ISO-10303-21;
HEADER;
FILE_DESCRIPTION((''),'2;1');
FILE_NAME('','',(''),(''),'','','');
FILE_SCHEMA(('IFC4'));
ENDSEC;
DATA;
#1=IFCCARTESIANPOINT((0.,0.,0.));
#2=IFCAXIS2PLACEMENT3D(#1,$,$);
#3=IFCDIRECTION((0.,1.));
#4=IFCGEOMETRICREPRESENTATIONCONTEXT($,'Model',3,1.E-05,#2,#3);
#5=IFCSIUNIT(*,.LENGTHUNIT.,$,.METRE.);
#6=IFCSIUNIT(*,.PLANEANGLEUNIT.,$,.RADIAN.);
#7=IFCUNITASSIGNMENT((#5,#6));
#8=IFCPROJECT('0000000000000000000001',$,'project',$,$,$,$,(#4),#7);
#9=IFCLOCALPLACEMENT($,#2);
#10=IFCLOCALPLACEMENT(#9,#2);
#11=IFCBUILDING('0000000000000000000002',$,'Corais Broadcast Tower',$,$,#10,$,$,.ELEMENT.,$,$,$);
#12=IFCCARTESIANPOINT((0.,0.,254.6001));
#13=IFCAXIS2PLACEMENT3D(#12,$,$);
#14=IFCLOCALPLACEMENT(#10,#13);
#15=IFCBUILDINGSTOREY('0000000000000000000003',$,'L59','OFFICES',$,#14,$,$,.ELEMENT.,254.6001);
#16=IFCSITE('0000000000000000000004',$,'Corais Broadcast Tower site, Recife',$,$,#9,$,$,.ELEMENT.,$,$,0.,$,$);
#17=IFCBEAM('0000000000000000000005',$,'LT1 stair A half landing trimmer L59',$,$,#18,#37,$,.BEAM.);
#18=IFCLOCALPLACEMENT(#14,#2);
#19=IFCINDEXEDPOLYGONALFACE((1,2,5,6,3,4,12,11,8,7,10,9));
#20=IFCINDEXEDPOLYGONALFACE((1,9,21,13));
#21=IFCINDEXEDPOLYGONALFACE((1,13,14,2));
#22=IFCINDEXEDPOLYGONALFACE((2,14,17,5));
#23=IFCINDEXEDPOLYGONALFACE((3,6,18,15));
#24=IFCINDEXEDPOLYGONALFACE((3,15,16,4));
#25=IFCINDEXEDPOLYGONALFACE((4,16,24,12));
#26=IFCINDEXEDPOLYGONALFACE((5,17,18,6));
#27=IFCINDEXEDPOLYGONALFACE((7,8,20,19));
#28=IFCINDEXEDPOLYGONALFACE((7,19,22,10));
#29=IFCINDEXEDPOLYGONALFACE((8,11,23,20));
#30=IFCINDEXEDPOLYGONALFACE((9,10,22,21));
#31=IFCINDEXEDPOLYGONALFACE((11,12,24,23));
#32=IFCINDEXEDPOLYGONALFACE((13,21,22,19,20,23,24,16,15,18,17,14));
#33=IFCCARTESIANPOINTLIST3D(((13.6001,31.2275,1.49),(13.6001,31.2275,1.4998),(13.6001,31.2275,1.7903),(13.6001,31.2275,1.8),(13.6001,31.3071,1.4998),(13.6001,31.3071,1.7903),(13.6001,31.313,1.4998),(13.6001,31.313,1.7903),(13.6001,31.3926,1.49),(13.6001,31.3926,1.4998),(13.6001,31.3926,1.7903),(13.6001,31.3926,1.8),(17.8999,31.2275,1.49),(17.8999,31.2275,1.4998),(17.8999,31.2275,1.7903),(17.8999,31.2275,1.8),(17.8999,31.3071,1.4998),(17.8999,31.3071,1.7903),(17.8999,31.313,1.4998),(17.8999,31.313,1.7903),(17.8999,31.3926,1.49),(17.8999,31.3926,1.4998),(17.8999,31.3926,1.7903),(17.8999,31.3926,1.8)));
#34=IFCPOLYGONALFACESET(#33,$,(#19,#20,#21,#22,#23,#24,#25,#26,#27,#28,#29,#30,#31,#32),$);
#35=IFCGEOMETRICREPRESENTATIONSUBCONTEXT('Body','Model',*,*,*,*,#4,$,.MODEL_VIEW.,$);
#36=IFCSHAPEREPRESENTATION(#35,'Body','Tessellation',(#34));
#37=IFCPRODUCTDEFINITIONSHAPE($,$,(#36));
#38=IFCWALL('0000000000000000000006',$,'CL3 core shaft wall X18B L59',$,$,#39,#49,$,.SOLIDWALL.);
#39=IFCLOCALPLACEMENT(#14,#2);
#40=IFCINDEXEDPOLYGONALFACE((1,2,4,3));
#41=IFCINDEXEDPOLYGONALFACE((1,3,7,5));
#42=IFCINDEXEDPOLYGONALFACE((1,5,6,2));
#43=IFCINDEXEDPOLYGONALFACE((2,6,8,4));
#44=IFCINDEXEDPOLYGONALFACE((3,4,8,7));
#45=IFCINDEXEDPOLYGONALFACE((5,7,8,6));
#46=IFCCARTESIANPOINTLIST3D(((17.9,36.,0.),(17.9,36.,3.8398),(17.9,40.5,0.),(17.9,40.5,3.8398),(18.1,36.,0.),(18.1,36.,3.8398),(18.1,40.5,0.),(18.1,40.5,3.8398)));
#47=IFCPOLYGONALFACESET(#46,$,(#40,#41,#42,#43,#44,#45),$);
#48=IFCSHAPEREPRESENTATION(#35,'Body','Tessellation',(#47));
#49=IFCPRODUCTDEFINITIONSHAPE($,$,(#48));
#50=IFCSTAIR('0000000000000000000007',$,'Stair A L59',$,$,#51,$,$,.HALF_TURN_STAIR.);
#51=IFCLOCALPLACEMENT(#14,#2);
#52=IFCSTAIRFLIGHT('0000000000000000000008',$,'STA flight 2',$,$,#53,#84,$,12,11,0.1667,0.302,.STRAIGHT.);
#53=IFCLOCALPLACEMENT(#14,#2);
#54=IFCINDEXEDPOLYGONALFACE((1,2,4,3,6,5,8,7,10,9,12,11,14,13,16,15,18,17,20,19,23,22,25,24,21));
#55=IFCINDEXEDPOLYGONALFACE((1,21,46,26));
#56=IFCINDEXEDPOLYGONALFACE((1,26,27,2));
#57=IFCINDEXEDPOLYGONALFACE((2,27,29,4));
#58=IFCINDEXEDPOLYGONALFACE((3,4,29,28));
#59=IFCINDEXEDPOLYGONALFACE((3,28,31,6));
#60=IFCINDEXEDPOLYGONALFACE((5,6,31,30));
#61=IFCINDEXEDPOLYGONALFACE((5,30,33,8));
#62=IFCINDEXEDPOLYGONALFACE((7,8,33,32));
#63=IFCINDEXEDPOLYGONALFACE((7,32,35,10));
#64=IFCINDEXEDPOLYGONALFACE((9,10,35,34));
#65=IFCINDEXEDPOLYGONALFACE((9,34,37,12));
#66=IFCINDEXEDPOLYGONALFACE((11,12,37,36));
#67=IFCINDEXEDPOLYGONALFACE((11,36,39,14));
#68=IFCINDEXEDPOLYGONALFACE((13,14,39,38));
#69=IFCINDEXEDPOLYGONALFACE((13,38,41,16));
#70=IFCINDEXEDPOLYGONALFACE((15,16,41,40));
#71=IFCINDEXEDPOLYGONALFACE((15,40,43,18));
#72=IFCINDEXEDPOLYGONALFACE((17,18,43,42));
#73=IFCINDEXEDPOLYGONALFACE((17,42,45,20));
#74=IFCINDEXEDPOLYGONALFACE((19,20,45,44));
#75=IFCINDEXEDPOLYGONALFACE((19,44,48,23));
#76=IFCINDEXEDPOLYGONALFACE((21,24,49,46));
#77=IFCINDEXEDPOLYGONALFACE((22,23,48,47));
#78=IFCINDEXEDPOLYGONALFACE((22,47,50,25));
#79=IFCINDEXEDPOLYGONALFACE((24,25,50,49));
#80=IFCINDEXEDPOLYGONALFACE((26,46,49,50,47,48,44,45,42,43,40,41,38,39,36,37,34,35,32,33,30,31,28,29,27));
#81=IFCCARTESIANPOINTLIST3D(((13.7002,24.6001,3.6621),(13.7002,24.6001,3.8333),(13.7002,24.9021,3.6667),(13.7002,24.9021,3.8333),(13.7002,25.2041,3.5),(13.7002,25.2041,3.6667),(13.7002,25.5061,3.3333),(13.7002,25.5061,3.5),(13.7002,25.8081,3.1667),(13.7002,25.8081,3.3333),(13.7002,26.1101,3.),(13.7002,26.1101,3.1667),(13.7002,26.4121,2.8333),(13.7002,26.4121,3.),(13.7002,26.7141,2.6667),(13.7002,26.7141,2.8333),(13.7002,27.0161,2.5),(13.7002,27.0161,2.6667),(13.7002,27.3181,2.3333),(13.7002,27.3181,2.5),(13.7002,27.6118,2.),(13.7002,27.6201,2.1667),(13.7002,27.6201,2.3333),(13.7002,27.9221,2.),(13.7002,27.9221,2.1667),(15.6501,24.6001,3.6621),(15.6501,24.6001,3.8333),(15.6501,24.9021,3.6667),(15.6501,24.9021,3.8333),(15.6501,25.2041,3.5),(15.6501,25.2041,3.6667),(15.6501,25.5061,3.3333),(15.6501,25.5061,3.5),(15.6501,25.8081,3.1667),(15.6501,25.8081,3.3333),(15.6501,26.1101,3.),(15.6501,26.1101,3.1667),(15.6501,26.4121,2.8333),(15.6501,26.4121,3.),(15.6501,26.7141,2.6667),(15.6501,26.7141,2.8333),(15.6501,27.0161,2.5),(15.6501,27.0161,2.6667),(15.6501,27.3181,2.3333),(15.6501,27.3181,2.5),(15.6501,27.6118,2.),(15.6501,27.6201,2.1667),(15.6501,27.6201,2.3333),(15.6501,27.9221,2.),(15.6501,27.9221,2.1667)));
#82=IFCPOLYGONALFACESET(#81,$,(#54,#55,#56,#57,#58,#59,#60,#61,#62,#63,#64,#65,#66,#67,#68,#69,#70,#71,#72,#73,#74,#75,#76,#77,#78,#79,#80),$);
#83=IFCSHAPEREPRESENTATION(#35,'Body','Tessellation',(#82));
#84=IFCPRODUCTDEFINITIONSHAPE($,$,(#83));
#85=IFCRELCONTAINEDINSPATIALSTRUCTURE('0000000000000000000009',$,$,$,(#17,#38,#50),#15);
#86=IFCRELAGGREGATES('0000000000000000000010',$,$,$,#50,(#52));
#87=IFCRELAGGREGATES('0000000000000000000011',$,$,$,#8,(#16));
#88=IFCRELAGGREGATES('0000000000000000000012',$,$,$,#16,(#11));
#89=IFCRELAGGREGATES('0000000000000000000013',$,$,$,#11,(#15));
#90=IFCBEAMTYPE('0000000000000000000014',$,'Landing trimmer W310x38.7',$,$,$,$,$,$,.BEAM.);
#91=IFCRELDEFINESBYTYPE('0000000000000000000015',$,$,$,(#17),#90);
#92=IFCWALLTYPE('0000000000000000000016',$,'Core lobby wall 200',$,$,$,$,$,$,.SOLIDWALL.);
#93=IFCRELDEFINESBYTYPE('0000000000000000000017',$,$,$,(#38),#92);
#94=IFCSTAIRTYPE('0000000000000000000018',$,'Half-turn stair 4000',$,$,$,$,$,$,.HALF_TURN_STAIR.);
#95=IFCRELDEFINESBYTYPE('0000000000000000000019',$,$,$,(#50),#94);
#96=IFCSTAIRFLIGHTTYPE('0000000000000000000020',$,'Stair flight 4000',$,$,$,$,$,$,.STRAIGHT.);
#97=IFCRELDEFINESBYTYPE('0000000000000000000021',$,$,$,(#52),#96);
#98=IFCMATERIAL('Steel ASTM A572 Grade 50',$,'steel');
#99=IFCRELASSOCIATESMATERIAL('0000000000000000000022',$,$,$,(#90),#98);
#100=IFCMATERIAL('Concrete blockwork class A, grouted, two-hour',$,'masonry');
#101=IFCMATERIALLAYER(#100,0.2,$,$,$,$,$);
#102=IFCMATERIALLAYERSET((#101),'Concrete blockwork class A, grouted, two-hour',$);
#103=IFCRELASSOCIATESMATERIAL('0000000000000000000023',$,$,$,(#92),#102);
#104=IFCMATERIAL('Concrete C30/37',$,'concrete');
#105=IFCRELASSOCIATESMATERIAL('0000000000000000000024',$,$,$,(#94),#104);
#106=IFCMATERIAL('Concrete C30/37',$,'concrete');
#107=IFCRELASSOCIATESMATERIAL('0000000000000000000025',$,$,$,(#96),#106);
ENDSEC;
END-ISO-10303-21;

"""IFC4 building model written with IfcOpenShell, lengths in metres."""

from ifc_helpers import new_model, si_unit, direction, frame, frame_2d, origin, origin_2d, place, context, subcontext, project, spatial, polyline, rectangle, i_section, outline, extrude, material, layer, layer_set, material_profile, profile_set, type_object, element, aggregate, save


model = new_model("IFC4")

# Units and contexts
model_context = context("Model", 3, precision=1e-05, world=origin(), true_north=direction((0.0, 1.0)))
body_context = subcontext(model_context, "Body", "Model", "MODEL_VIEW")
ifc_project = project(units=[si_unit("LENGTHUNIT", "METRE"), si_unit("PLANEANGLEUNIT", "RADIAN")], contexts=[model_context])

# Site, building, storey
site_placement = place(None, origin())
site = spatial("IfcSite", under=ifc_project, at=site_placement, Name="Corais Broadcast Tower site, Recife", CompositionType="ELEMENT", RefElevation=0.0)
building_placement = place(site_placement, origin())
building = spatial("IfcBuilding", under=site, at=building_placement, Name="Corais Broadcast Tower", CompositionType="ELEMENT")
storey_placement = place(building_placement, frame((0.0, 0.0, 254.6001)))
storey = spatial("IfcBuildingStorey", under=building, at=storey_placement, Name="L59", Description="OFFICES", CompositionType="ELEMENT", Elevation=254.6001)

# Beam
ifc_material_1 = material(Name="Steel ASTM A572 Grade 50", Category="steel")
ifc_material_profile = material_profile(ifc_material_1, i_section(OverallWidth=0.165, OverallDepth=0.3101, WebThickness=0.0059, FlangeThickness=0.0098, at=origin_2d()), Name="W310x38.7")
ifc_profile_set = profile_set([ifc_material_profile], Name="Steel ASTM A572 Grade 50")
beam_type = type_object("IfcBeamType", Name="Landing trimmer W310x38.7", PredefinedType="BEAM", material=ifc_profile_set)
beam_placement = place(storey_placement, frame((13.6001, 31.3101, 1.645), z_axis=(1.0, 0.0, 0.0), x_axis=(0.0, 1.0, 0.0)))
element("IfcBeam", 1, at=beam_placement, inside=storey, type_object=beam_type, Name="LT1 stair A half landing trimmer L59", PredefinedType="BEAM", context=body_context, shape_type="SweptSolid", body=[
    extrude(i_section(OverallWidth=0.165, OverallDepth=0.3101, WebThickness=0.0059, FlangeThickness=0.0098, at=origin_2d()), origin(), (0.0, 0.0, 1.0), 4.2998),
])

# Wall
ifc_material_2 = material(Name="Concrete blockwork class A, grouted, two-hour", Category="masonry")
ifc_layer = layer(ifc_material_2, 0.2)
ifc_layer_set = layer_set([ifc_layer], Name="Concrete blockwork class A, grouted, two-hour")
wall_type = type_object("IfcWallType", Name="Core lobby wall 200", PredefinedType="SOLIDWALL", material=ifc_layer_set)
wall_placement = place(storey_placement, frame((18.0, 36.0, 0.0), z_axis=(0.0, 0.0, 1.0), x_axis=(0.0, 1.0, 0.0)))
element("IfcWall", 2, at=wall_placement, inside=storey, type_object=wall_type, Name="CL3 core shaft wall X18B L59", PredefinedType="SOLIDWALL", context=body_context, shape_type="SweptSolid", body=[
    extrude(rectangle(XDim=4.5, YDim=0.2, at=frame_2d((2.25, 0.0))), origin(), (0.0, 0.0, 1.0), 3.8398),
])

# Stair, stair flight
ifc_material_3 = material(Name="Concrete C30/37", Category="concrete")
stair_type = type_object("IfcStairType", Name="Half-turn stair 4000", PredefinedType="HALF_TURN_STAIR", material=ifc_material_3)
stair_placement = place(storey_placement, origin())
stair = element("IfcStair", 3, at=stair_placement, inside=storey, type_object=stair_type, Name="Stair A L59", PredefinedType="HALF_TURN_STAIR")
ifc_material_4 = material(Name="Concrete C30/37", Category="concrete")
stair_flight_type = type_object("IfcStairFlightType", Name="Stair flight 4000", PredefinedType="STRAIGHT", material=ifc_material_4)
stair_flight_placement = place(storey_placement, frame((14.675, 27.9221, 2.0), z_axis=(0.0, 0.0, 1.0), x_axis=(0.0, -1.0, 0.0)))
stair_flight = element("IfcStairFlight", 4, at=stair_flight_placement, type_object=stair_flight_type, Name="STA flight 2", NumberOfRisers=12, NumberOfTreads=11, PredefinedType="STRAIGHT", RiserHeight=0.1667, TreadLength=0.302, context=body_context, shape_type="SweptSolid", body=[
    extrude(outline(polyline([(0.0, 0.0), (0.0, 0.1667), (0.302, 0.1667), (0.302, 0.3333), (0.604, 0.3333), (0.604, 0.5), (0.906, 0.5), (0.906, 0.6667), (1.208, 0.6667), (1.208, 0.8333), (1.51, 0.8333), (1.51, 1.0), (1.812, 1.0), (1.812, 1.1667), (2.114, 1.1667), (2.114, 1.3333), (2.416, 1.3333), (2.416, 1.5), (2.718, 1.5), (2.718, 1.6667), (3.02, 1.6667), (3.02, 1.8333), (3.322, 1.8333), (3.322, 2.0), (3.322, 1.6621), (0.3103, 0.0), (0.0, 0.0)])), frame((0.0, 0.9751, 0.0), z_axis=(0.0, -1.0, 0.0), x_axis=(1.0, 0.0, 0.0)), (0.0, 0.0, 1.0), 1.95),
])
aggregate(stair, [stair_flight])

save(model, "model.ifc")
